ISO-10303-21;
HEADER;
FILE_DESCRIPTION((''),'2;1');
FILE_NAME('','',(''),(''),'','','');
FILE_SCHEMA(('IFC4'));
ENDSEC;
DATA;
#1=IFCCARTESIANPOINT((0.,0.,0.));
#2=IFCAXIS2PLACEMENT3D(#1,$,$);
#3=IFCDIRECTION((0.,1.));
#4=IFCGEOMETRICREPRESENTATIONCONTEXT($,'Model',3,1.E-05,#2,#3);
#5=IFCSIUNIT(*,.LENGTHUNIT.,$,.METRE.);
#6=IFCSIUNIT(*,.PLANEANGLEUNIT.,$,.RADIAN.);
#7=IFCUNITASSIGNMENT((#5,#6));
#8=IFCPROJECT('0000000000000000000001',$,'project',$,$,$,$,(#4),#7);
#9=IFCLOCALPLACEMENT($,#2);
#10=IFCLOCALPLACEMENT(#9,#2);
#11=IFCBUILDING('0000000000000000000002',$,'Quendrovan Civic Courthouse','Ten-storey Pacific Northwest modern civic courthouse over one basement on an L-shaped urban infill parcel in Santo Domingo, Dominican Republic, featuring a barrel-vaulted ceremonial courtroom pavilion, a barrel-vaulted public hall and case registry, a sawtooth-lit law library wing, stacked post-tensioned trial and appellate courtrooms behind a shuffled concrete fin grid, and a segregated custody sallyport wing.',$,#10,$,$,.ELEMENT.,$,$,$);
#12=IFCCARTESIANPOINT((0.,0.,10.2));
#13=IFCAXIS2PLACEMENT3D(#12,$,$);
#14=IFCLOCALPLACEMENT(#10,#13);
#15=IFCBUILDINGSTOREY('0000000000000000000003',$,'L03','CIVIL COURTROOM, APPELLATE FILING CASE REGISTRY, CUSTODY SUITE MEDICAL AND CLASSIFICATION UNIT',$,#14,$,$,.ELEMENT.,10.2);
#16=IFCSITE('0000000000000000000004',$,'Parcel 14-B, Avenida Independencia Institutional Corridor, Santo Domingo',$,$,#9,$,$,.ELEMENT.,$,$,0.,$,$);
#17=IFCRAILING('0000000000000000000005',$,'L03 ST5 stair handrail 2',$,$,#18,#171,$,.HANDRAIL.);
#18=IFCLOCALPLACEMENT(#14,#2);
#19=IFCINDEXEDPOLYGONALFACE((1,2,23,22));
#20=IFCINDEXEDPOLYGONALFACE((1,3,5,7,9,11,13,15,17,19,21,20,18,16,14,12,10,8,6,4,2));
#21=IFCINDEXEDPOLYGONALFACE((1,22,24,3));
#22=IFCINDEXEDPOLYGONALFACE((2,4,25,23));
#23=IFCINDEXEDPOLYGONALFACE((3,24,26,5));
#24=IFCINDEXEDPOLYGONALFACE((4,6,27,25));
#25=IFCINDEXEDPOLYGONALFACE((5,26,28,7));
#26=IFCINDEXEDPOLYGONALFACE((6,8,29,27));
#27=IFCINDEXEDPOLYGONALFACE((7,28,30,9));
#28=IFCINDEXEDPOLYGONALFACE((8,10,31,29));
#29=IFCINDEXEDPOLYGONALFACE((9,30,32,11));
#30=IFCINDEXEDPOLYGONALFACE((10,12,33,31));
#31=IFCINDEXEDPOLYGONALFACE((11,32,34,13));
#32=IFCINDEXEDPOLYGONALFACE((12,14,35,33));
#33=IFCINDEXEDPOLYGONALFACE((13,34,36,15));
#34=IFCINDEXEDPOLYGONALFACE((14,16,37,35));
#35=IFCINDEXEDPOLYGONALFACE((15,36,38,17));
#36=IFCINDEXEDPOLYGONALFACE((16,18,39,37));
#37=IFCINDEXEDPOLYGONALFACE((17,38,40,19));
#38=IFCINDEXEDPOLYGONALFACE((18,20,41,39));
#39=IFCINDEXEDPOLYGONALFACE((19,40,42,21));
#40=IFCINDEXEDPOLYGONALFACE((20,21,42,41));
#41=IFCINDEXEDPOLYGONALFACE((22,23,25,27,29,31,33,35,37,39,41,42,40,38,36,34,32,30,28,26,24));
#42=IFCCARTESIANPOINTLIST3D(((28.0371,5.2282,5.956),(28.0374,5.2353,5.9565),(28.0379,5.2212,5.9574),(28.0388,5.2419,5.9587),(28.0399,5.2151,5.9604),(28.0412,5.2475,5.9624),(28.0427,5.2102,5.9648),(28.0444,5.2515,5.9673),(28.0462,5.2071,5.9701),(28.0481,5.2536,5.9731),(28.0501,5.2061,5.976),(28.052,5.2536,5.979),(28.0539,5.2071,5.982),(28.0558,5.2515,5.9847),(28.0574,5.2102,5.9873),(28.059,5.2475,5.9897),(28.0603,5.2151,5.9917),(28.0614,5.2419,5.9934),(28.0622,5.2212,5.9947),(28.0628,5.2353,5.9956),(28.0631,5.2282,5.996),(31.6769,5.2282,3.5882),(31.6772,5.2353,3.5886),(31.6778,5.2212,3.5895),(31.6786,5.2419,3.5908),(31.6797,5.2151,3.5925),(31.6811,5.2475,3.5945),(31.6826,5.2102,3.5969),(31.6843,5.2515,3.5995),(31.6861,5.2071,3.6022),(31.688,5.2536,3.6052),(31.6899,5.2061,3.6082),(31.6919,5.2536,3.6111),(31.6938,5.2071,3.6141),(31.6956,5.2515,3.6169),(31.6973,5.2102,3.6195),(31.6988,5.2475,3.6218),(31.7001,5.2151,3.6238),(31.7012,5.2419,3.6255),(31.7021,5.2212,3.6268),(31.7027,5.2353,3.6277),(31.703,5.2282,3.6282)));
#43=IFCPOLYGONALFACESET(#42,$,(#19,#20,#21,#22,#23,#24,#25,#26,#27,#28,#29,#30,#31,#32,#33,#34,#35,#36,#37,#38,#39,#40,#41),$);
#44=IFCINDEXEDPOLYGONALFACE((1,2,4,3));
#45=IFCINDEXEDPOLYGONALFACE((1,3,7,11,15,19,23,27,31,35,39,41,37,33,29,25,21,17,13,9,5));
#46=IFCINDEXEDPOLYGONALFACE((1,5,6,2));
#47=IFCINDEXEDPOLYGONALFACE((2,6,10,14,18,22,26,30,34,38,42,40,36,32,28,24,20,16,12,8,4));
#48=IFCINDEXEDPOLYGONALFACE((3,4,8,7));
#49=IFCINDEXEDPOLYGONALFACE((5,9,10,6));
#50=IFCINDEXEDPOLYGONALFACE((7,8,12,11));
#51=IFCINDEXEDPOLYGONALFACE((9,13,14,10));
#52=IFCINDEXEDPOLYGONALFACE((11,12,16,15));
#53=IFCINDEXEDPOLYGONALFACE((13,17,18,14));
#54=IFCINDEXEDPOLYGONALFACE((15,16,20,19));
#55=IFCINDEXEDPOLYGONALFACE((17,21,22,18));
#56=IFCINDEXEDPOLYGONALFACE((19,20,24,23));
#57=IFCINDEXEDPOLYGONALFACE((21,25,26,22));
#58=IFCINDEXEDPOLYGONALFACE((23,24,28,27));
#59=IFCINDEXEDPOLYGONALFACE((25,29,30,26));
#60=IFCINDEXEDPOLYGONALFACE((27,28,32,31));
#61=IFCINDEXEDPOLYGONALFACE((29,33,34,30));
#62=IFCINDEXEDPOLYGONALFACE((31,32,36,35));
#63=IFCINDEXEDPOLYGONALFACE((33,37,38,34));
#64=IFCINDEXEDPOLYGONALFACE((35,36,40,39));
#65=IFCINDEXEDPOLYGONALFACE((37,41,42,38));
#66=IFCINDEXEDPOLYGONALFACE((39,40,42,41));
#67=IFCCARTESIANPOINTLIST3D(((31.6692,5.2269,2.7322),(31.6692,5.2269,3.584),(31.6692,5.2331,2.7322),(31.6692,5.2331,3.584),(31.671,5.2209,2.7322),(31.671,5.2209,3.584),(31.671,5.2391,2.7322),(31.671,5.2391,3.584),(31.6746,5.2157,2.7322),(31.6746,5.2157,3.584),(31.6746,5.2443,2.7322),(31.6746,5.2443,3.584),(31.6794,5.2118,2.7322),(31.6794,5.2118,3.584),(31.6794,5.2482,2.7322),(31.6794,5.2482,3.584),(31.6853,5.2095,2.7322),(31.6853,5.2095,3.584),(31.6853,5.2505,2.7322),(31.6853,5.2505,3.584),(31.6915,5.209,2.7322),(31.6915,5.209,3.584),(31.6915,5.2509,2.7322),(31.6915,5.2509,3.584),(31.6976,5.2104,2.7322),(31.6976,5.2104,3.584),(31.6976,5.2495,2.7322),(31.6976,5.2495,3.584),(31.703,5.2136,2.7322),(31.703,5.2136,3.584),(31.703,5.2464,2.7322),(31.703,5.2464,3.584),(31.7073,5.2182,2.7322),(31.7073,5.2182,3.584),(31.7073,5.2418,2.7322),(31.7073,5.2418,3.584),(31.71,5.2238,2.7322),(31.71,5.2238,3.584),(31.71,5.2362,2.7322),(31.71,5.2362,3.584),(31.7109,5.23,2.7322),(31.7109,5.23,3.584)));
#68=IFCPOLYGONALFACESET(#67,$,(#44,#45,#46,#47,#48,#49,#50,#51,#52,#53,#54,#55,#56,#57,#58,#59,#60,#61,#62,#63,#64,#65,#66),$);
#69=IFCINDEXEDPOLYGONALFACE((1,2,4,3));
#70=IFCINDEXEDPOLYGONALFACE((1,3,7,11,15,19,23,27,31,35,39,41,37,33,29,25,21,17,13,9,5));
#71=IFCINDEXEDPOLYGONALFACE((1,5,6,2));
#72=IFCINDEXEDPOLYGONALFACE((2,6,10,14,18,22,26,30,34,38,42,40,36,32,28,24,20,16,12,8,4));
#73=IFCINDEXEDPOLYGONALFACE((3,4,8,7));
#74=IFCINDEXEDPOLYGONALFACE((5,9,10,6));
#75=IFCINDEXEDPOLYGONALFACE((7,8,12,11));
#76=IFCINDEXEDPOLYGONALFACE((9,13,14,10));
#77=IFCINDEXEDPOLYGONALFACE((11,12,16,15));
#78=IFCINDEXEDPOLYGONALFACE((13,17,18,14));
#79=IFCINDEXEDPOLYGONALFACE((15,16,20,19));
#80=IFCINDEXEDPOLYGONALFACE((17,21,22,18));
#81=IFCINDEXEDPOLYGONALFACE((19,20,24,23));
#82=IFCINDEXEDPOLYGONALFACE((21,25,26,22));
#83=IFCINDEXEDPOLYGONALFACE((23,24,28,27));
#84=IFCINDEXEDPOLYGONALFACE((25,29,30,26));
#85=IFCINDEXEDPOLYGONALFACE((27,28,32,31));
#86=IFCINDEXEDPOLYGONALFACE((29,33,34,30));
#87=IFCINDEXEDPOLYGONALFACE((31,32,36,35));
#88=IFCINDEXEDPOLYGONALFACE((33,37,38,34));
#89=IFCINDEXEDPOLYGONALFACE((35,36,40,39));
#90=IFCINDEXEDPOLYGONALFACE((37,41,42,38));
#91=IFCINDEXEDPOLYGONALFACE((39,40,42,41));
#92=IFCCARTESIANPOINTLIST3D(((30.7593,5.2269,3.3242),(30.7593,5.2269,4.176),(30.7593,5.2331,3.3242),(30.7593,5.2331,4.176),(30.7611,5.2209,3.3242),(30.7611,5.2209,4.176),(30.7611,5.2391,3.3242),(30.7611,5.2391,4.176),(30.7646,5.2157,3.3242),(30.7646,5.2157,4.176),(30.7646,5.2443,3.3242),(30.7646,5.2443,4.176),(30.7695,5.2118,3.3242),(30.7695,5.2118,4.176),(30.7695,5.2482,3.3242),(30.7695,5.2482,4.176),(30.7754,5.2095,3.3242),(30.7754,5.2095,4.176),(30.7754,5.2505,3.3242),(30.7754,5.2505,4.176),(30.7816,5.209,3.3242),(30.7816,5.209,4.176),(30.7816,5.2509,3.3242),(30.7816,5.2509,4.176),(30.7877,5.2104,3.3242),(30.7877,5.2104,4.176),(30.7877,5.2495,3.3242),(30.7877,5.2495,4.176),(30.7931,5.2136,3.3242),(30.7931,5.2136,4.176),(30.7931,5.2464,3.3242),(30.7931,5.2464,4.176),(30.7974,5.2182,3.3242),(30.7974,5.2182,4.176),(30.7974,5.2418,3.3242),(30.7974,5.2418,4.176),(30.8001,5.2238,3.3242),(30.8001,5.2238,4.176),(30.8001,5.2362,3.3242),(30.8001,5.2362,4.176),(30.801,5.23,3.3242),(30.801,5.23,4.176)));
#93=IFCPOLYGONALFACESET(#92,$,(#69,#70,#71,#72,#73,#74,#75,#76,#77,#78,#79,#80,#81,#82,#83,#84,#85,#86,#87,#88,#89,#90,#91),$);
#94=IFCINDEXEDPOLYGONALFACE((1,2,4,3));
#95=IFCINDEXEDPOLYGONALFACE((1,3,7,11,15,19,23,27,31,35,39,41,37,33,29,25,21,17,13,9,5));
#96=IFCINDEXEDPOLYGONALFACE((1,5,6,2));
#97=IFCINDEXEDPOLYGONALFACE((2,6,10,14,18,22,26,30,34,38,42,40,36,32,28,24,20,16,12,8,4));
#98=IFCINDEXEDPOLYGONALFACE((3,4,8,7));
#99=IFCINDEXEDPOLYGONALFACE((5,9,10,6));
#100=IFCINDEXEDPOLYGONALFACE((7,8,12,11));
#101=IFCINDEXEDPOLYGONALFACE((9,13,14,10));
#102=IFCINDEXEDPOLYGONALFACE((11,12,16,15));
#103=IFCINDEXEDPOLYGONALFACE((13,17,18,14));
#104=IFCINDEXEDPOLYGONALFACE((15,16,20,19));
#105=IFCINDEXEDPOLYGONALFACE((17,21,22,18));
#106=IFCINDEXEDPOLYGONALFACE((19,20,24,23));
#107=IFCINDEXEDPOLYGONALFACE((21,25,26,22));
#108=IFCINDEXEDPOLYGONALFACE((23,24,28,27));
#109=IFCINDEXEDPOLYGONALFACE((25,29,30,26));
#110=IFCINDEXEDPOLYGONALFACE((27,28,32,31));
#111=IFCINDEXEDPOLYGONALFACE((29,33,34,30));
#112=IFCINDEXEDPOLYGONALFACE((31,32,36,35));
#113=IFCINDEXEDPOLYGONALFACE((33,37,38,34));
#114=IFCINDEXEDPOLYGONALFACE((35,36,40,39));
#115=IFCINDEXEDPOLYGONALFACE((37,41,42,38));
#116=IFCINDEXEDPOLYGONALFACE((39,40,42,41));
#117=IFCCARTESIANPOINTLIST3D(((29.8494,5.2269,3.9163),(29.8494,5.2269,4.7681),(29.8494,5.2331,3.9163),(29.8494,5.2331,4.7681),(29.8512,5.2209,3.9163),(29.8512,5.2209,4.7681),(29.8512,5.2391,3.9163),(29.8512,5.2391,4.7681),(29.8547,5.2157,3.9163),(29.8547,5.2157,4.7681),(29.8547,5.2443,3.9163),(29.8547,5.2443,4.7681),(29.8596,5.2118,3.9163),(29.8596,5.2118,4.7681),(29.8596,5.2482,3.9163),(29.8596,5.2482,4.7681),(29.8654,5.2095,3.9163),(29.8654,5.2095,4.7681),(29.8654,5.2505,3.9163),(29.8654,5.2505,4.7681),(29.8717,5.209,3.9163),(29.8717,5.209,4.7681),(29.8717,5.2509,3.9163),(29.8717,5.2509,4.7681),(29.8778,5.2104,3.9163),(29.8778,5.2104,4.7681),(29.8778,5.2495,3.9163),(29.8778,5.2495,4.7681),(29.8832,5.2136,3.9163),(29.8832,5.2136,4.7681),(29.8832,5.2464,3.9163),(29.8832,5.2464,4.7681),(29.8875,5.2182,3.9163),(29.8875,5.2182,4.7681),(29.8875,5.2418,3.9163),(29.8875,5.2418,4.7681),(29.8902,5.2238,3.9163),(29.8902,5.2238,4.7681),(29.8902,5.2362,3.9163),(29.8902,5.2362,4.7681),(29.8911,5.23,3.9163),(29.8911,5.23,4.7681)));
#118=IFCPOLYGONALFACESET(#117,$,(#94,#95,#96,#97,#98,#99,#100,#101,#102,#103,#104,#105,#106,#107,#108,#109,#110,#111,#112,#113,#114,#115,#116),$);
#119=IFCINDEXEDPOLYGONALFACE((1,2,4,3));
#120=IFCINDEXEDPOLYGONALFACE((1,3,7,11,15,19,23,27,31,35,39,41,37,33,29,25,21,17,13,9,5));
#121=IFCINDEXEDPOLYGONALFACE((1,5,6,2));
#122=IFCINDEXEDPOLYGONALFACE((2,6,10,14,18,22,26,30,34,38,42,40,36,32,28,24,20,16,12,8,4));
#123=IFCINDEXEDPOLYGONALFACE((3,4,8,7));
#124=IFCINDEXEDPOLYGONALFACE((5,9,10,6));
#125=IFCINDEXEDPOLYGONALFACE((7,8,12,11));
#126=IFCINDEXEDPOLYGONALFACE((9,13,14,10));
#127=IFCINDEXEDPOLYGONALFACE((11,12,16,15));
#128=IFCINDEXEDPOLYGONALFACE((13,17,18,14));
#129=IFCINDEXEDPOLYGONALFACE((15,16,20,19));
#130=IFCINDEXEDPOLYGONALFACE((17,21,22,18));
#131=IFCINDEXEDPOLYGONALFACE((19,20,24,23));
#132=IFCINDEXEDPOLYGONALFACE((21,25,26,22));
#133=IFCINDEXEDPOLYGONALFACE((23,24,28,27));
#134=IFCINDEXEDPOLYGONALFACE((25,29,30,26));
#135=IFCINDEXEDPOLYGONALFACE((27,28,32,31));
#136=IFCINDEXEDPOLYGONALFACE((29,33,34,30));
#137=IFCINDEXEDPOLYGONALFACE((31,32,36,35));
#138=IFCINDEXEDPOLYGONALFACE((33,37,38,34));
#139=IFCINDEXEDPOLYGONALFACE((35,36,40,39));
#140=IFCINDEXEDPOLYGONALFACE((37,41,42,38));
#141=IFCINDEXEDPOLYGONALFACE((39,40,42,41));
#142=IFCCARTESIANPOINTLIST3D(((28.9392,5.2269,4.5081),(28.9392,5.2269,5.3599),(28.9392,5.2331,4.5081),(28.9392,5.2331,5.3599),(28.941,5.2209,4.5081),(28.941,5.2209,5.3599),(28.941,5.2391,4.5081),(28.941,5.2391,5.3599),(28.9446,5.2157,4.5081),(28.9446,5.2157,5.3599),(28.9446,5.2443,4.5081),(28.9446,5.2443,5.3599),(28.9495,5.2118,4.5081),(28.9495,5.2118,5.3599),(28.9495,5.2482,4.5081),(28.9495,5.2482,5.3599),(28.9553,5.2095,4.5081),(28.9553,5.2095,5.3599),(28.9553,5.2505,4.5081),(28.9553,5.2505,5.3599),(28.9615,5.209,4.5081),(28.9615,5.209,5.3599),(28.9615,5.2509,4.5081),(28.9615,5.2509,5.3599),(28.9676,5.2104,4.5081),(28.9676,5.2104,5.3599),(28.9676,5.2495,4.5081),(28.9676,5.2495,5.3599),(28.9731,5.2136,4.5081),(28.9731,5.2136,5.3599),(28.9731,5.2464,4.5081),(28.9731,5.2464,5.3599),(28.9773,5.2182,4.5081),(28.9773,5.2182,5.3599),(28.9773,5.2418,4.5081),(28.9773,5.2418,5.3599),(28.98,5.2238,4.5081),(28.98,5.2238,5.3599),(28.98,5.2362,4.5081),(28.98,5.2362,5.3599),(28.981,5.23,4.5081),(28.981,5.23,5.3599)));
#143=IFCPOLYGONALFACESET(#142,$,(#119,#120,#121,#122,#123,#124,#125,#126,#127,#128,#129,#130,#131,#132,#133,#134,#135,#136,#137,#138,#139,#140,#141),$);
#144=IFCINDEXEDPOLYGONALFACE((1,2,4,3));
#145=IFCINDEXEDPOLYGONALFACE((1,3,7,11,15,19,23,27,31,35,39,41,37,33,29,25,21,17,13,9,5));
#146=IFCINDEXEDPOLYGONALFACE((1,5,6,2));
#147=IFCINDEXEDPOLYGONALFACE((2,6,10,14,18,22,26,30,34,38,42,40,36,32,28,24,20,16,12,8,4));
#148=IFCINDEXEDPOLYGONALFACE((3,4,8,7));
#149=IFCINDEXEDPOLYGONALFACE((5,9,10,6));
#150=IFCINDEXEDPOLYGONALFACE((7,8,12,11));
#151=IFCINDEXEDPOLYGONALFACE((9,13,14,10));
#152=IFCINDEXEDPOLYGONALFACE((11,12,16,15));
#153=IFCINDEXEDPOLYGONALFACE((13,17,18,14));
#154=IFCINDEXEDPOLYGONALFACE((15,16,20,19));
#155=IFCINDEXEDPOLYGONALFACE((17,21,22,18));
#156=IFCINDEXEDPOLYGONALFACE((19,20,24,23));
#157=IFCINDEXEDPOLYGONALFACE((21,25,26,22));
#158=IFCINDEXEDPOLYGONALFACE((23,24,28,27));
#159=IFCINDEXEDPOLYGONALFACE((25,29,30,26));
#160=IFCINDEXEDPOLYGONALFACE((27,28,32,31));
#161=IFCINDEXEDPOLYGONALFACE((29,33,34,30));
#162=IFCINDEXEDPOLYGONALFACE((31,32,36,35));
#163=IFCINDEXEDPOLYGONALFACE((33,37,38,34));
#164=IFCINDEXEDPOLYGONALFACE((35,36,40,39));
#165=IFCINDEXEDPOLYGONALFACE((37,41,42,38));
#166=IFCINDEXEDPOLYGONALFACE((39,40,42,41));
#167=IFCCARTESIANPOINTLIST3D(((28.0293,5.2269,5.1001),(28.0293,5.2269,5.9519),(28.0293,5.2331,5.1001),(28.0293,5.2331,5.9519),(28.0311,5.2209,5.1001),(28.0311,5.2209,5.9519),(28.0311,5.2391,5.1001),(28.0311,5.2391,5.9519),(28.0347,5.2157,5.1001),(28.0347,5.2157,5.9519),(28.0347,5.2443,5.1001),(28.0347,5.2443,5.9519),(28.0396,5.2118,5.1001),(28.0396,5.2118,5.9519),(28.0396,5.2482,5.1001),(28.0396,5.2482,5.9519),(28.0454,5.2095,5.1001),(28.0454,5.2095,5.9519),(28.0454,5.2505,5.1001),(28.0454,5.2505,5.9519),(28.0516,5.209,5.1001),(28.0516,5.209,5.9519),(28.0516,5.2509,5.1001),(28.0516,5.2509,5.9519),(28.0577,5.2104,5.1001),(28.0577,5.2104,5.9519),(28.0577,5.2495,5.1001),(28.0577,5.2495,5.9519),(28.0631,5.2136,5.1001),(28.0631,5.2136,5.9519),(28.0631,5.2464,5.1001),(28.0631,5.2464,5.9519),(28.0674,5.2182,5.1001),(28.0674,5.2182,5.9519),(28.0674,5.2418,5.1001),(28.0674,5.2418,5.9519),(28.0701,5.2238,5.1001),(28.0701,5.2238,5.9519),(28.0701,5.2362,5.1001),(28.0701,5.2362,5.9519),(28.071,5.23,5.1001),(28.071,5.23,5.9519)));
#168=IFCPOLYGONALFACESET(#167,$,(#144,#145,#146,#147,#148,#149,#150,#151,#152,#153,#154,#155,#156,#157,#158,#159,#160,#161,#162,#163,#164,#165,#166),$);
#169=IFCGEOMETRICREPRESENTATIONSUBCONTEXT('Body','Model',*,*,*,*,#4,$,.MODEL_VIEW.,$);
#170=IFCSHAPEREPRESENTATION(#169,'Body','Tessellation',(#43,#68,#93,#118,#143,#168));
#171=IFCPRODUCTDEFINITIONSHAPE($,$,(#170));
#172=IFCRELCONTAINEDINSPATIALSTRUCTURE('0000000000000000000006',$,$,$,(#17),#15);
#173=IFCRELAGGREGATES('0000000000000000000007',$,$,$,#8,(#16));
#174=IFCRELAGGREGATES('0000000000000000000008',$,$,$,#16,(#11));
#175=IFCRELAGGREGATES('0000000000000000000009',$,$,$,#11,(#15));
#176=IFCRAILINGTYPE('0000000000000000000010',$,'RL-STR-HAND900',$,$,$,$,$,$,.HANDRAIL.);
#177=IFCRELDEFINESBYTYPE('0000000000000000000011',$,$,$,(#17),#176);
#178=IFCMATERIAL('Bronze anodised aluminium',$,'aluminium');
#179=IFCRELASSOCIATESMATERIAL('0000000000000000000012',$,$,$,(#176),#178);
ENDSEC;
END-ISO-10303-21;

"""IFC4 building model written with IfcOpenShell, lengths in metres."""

from ifc_helpers import new_model, si_unit, direction, frame, origin, origin_2d, place, context, subcontext, project, spatial, circle, extrude, material, type_object, element, save


model = new_model("IFC4")

# Units and contexts
model_context = context("Model", 3, precision=1e-05, world=origin(), true_north=direction((0.0, 1.0)))
body_context = subcontext(model_context, "Body", "Model", "MODEL_VIEW")
ifc_project = project(units=[si_unit("LENGTHUNIT", "METRE"), si_unit("PLANEANGLEUNIT", "RADIAN")], contexts=[model_context])

# Site, building, storey
site_placement = place(None, origin())
site = spatial("IfcSite", under=ifc_project, at=site_placement, Name="Parcel 14-B, Avenida Independencia Institutional Corridor, Santo Domingo", CompositionType="ELEMENT", RefElevation=0.0)
building_placement = place(site_placement, origin())
building = spatial("IfcBuilding", under=site, at=building_placement, Name="Quendrovan Civic Courthouse", Description="Ten-storey Pacific Northwest modern civic courthouse over one basement on an L-shaped urban infill parcel in Santo Domingo, Dominican Republic, featuring a barrel-vaulted ceremonial courtroom pavilion, a barrel-vaulted public hall and case registry, a sawtooth-lit law library wing, stacked post-tensioned trial and appellate courtrooms behind a shuffled concrete fin grid, and a segregated custody sallyport wing.", CompositionType="ELEMENT")
storey_placement = place(building_placement, frame((0.0, 0.0, 10.2)))
storey = spatial("IfcBuildingStorey", under=building, at=storey_placement, Name="L03", Description="CIVIL COURTROOM, APPELLATE FILING CASE REGISTRY, CUSTODY SUITE MEDICAL AND CLASSIFICATION UNIT", CompositionType="ELEMENT", Elevation=10.2)

# Railing
ifc_material_1 = material(Name="Bronze anodised aluminium", Category="aluminium")
railing_type_1 = type_object("IfcRailingType", Name="RL-STR-HAND900", PredefinedType="HANDRAIL", material=ifc_material_1)
railing_1_placement = place(storey_placement, frame((31.6899, 5.23, 2.7322)))
element("IfcRailing", 1, at=railing_1_placement, inside=storey, type_object=railing_type_1, Name="L03 ST5 stair handrail 2", PredefinedType="HANDRAIL", context=body_context, shape_type="SweptSolid", body=[
    extrude(circle(Radius=0.0239, at=origin_2d()), frame((0.0, 0.0, 0.876), z_axis=(-0.838234, 0.0, 0.54531), x_axis=(0.0, -1.0, 0.0)), (0.0, 0.0, 1.0), 4.3423),
    extrude(circle(Radius=0.021, at=origin_2d()), origin(), (0.0, 0.0, 1.0), 0.8518),
    extrude(circle(Radius=0.021, at=origin_2d()), frame((-0.9099, 0.0, 0.592)), (0.0, 0.0, 1.0), 0.8518),
    extrude(circle(Radius=0.021, at=origin_2d()), frame((-1.8198, 0.0, 1.1841)), (0.0, 0.0, 1.0), 0.8518),
    extrude(circle(Radius=0.021, at=origin_2d()), frame((-2.73, 0.0, 1.7759)), (0.0, 0.0, 1.0), 0.8518),
    extrude(circle(Radius=0.021, at=origin_2d()), frame((-3.6399, 0.0, 2.3679)), (0.0, 0.0, 1.0), 0.8518),
])

save(model, "model.ifc")
